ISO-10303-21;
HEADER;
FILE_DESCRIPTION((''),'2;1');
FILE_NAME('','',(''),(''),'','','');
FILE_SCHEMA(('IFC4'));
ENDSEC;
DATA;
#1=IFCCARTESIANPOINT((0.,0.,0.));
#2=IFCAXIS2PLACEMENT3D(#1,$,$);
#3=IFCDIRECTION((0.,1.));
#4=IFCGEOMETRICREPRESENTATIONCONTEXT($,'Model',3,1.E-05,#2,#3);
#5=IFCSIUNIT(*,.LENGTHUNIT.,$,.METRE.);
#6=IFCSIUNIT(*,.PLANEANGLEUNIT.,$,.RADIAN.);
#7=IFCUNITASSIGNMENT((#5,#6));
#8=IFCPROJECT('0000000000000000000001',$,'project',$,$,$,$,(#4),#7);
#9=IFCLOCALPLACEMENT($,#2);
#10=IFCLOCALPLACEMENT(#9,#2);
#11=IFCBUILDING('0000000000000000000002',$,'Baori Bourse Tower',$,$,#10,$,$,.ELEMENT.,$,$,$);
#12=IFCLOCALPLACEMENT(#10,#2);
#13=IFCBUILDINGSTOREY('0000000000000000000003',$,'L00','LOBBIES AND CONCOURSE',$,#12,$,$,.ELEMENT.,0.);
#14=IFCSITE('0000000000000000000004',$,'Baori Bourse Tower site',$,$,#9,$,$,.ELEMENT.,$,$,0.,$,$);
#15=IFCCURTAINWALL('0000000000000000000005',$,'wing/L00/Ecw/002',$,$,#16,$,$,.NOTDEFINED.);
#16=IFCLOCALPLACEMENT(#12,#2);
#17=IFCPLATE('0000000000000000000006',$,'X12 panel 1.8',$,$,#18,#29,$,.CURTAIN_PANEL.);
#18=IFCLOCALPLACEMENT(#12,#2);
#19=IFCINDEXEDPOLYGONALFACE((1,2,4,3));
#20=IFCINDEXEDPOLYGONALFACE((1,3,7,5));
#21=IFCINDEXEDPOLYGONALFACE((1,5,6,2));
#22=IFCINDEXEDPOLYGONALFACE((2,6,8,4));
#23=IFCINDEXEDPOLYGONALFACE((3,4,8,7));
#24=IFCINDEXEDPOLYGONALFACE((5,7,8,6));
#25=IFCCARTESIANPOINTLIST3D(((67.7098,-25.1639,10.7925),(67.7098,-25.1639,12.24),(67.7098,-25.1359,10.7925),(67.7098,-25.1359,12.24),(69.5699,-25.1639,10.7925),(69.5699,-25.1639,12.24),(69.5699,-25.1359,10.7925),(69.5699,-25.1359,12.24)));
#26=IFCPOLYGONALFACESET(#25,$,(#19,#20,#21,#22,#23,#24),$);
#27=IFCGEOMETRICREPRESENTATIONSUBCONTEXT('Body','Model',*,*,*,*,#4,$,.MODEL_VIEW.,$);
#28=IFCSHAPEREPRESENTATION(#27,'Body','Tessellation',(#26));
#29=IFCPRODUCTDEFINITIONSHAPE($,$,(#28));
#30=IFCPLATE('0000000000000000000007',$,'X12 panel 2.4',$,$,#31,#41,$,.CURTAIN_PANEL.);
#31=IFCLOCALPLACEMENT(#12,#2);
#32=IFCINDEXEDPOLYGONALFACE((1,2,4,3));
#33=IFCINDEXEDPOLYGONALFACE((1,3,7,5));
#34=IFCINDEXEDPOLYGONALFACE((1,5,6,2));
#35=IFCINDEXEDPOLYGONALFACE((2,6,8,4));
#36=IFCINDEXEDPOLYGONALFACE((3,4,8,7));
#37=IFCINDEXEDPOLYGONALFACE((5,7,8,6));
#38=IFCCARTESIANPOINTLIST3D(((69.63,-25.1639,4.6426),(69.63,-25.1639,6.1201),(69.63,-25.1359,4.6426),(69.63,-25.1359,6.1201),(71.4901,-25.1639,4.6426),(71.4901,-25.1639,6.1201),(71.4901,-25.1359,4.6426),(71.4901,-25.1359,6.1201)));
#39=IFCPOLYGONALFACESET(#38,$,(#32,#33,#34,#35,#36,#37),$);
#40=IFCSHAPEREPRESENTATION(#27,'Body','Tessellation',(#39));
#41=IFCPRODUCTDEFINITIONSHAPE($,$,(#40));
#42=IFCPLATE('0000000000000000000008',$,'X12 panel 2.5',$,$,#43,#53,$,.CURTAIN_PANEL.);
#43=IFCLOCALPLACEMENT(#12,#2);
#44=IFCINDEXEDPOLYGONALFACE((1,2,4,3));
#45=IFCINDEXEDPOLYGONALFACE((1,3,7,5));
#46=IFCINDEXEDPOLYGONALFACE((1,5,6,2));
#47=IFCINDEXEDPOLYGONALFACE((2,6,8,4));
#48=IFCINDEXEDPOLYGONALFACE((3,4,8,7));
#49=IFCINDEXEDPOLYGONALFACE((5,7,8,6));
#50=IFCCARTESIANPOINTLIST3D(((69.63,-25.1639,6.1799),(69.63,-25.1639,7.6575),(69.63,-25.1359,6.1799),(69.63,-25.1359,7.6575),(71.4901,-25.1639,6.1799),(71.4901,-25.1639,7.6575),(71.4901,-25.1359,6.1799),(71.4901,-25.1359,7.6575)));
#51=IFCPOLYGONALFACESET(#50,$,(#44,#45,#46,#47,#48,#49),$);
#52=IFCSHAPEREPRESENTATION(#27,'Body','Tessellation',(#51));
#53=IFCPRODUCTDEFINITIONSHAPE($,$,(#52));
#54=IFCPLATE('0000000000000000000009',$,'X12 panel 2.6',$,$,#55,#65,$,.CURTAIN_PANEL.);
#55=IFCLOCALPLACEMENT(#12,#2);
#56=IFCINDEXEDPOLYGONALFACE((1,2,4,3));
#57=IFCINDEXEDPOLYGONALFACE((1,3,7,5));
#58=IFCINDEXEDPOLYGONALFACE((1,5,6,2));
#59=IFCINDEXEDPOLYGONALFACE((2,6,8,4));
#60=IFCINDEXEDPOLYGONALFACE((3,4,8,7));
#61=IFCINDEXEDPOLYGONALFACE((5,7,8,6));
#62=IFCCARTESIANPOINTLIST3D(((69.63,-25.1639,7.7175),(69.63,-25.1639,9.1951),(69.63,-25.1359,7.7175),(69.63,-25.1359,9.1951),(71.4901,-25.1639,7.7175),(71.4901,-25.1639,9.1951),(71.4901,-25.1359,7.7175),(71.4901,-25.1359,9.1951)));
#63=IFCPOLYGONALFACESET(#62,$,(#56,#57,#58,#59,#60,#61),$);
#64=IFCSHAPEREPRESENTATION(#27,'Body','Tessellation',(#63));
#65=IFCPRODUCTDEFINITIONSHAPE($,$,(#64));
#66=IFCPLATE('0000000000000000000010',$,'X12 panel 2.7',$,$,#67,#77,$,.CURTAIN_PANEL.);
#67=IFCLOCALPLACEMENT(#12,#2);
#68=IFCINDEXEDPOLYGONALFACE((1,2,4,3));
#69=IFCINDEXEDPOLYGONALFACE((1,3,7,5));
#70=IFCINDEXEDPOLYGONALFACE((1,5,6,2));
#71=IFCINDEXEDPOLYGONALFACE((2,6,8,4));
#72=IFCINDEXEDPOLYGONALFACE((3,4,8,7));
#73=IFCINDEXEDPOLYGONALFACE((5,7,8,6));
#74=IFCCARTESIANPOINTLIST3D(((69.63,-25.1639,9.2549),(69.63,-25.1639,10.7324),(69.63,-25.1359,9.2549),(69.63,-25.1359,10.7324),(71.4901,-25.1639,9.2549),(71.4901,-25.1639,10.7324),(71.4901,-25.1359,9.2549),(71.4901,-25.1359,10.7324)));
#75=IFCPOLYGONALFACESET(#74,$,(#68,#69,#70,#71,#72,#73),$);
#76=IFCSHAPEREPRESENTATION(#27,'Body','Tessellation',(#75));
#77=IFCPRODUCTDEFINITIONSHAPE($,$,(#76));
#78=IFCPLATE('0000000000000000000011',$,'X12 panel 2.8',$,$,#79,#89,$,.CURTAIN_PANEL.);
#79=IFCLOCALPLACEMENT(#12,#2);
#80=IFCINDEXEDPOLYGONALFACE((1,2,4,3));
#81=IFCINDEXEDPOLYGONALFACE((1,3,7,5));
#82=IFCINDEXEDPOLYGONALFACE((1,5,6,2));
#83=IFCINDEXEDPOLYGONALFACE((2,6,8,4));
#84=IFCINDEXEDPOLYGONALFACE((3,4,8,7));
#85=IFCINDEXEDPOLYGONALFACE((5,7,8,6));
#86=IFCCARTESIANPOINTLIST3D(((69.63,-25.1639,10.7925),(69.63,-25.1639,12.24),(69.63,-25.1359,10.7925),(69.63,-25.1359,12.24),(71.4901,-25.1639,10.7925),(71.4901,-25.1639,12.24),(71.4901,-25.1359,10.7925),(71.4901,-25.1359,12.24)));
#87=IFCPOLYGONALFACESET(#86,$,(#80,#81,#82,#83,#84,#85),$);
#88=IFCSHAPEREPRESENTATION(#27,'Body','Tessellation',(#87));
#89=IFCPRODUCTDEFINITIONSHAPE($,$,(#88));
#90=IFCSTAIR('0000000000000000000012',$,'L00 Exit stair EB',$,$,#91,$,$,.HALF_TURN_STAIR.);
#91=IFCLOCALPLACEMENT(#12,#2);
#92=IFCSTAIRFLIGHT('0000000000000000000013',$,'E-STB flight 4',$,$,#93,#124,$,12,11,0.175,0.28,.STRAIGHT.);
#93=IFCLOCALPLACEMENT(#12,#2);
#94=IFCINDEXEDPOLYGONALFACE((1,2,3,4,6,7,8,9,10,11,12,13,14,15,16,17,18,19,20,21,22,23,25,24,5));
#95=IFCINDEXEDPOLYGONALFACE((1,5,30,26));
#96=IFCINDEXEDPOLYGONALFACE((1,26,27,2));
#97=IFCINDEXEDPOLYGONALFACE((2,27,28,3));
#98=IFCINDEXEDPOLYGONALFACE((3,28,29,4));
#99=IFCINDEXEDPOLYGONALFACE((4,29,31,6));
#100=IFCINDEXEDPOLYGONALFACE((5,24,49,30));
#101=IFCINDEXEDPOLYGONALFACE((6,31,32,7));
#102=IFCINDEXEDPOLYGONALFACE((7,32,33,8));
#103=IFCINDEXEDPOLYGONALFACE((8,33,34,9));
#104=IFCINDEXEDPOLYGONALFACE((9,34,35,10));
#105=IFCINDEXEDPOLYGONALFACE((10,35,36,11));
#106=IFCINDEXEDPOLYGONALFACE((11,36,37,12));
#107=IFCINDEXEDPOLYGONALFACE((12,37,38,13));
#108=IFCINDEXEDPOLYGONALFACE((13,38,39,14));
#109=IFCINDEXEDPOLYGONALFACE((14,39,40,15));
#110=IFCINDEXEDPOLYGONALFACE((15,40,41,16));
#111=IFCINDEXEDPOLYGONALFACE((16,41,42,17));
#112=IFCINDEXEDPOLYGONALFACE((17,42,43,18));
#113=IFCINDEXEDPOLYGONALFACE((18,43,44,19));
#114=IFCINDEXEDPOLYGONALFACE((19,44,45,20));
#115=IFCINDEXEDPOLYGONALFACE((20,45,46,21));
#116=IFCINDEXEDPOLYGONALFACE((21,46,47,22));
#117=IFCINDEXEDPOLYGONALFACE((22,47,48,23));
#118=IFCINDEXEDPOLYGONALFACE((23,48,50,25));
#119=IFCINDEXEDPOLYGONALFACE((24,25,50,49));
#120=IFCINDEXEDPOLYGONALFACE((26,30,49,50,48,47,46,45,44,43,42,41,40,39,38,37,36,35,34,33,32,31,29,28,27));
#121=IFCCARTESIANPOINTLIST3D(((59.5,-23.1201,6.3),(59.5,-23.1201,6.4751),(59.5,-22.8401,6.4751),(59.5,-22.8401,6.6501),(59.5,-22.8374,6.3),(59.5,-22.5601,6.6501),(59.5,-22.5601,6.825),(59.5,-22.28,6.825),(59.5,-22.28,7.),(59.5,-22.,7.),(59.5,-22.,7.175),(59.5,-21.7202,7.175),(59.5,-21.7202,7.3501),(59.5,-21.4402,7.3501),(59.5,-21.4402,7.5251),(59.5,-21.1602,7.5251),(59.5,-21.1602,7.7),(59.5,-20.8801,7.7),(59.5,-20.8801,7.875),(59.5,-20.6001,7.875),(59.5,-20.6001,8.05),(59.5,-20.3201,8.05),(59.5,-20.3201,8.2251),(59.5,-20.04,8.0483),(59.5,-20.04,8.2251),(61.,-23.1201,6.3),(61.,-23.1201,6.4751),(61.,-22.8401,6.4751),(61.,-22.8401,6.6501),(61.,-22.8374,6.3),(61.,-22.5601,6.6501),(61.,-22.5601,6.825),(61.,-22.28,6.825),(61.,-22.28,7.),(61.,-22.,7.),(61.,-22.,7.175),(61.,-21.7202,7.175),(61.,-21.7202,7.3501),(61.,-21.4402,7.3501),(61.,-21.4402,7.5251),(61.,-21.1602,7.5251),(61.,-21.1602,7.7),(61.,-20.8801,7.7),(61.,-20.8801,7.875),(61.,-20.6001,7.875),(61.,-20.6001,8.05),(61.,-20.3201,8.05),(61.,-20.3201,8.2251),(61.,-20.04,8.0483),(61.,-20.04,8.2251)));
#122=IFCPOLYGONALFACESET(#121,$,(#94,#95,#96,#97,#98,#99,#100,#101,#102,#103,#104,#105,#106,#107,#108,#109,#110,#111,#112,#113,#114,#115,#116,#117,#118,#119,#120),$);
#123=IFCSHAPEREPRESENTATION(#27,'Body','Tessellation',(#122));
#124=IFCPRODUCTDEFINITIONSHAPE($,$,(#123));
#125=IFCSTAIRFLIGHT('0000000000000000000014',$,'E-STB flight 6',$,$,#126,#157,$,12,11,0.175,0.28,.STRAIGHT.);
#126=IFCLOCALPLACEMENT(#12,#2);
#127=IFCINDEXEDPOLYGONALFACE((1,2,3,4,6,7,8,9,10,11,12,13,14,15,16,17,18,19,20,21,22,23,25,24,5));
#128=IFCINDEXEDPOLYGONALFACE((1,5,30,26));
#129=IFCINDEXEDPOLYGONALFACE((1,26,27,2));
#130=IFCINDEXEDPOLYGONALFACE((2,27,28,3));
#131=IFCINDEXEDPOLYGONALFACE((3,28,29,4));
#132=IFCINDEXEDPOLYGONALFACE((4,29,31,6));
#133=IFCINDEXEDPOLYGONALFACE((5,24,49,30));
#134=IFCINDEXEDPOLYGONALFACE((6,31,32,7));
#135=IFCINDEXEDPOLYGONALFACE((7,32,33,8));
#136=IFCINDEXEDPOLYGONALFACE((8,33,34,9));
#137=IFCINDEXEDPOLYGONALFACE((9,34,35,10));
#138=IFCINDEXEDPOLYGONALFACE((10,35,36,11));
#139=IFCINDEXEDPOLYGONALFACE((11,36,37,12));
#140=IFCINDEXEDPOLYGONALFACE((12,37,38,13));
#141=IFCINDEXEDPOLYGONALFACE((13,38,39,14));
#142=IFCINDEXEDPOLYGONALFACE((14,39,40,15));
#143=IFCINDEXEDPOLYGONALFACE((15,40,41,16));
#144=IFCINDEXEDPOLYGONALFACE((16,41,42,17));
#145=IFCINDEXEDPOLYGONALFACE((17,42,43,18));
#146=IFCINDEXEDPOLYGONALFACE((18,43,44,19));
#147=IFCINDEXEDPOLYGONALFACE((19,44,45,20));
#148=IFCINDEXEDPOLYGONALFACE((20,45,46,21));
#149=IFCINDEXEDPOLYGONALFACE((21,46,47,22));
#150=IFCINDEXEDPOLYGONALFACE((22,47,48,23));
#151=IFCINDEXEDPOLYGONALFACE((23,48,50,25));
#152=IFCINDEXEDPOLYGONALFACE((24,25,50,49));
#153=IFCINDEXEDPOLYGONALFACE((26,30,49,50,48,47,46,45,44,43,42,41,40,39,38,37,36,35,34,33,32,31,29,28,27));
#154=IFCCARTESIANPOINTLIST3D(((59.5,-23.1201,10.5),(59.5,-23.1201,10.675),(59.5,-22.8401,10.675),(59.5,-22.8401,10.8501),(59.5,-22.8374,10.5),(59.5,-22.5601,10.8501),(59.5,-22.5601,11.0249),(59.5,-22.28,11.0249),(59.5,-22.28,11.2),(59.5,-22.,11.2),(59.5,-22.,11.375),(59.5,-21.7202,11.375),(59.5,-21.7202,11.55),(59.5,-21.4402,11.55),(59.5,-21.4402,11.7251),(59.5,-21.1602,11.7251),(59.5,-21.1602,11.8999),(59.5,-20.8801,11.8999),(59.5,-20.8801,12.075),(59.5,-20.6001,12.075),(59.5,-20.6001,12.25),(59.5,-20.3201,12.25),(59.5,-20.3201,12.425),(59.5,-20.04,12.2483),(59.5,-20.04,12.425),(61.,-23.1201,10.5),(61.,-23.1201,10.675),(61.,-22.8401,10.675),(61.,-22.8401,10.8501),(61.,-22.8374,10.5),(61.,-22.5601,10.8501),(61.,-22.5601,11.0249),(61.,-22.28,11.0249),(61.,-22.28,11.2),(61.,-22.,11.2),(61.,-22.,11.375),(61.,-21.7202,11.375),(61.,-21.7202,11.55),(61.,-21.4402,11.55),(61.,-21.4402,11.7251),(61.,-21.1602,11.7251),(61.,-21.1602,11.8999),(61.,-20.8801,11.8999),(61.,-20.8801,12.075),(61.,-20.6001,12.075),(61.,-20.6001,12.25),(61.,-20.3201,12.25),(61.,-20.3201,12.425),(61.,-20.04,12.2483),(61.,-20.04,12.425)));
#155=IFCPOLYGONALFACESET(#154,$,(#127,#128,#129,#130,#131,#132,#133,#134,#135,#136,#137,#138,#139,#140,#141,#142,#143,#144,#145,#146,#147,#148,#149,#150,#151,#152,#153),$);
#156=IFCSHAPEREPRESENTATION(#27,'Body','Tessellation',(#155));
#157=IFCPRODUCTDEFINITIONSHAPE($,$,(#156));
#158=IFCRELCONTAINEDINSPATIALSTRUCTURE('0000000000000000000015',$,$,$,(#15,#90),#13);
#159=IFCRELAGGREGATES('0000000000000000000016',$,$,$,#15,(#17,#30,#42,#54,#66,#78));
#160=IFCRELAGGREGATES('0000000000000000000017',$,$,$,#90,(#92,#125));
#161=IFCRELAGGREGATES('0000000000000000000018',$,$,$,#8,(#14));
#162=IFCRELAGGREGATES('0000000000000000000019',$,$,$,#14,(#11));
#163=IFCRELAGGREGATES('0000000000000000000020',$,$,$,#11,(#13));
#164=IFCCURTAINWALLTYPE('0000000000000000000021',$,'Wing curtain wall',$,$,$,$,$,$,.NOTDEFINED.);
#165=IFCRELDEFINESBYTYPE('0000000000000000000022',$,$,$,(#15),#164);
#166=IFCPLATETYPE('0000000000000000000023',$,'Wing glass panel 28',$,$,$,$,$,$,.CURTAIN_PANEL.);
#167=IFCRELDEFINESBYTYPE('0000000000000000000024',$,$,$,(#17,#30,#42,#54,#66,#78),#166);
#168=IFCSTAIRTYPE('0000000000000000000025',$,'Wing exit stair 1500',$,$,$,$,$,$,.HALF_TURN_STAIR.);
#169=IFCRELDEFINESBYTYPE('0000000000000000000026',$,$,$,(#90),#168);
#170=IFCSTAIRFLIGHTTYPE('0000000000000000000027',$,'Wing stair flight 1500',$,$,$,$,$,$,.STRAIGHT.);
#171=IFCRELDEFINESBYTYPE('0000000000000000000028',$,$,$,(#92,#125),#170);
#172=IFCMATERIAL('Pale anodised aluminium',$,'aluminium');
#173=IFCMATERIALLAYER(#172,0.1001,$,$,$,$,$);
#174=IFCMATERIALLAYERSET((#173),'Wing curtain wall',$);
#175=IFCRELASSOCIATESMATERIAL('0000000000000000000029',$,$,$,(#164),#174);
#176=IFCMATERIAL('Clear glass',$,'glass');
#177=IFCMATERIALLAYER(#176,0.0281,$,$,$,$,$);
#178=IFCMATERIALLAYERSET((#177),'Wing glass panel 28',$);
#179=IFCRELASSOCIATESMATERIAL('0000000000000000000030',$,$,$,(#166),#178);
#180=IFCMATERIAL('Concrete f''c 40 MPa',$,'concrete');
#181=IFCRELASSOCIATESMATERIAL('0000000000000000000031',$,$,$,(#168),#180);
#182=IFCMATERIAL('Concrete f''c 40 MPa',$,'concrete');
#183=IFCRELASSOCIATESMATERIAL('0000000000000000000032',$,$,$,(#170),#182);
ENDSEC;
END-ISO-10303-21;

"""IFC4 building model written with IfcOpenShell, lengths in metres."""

from ifc_helpers import new_model, si_unit, direction, frame, origin, origin_2d, place, context, subcontext, project, spatial, polyline, rectangle, outline, extrude, material, layer, layer_set, type_object, element, aggregate, save


model = new_model("IFC4")

# Units and contexts
model_context = context("Model", 3, precision=1e-05, world=origin(), true_north=direction((0.0, 1.0)))
body_context = subcontext(model_context, "Body", "Model", "MODEL_VIEW")
ifc_project = project(units=[si_unit("LENGTHUNIT", "METRE"), si_unit("PLANEANGLEUNIT", "RADIAN")], contexts=[model_context])

# Site, building, storey
site_placement = place(None, origin())
site = spatial("IfcSite", under=ifc_project, at=site_placement, Name="Baori Bourse Tower site", CompositionType="ELEMENT", RefElevation=0.0)
building_placement = place(site_placement, origin())
building = spatial("IfcBuilding", under=site, at=building_placement, Name="Baori Bourse Tower", CompositionType="ELEMENT")
storey_placement = place(building_placement, origin())
storey = spatial("IfcBuildingStorey", under=building, at=storey_placement, Name="L00", Description="LOBBIES AND CONCOURSE", CompositionType="ELEMENT", Elevation=0.0)

# Curtain wall
ifc_material_1 = material(Name="Pale anodised aluminium", Category="aluminium")
ifc_layer_1 = layer(ifc_material_1, 0.1001)
ifc_layer_set_1 = layer_set([ifc_layer_1], Name="Wing curtain wall")
curtain_wall_type = type_object("IfcCurtainWallType", Name="Wing curtain wall", PredefinedType="NOTDEFINED", material=ifc_layer_set_1)
curtain_wall_1_placement = place(storey_placement, origin())
curtain_wall_1 = element("IfcCurtainWall", 1, at=curtain_wall_1_placement, inside=storey, type_object=curtain_wall_type, Name="wing/L00/Ecw/002", PredefinedType="NOTDEFINED")

# Plates
ifc_material_2 = material(Name="Clear glass", Category="glass")
ifc_layer_2 = layer(ifc_material_2, 0.0281)
ifc_layer_set_2 = layer_set([ifc_layer_2], Name="Wing glass panel 28")
plate_type = type_object("IfcPlateType", Name="Wing glass panel 28", PredefinedType="CURTAIN_PANEL", material=ifc_layer_set_2)
plate_1_placement = place(storey_placement, frame((68.6399, -25.1499, 10.7925), z_axis=(0.0, 0.0, 1.0), x_axis=(1.0, 0.0, 0.0)))
plate_1 = element("IfcPlate", 2, at=plate_1_placement, type_object=plate_type, Name="X12 panel 1.8", PredefinedType="CURTAIN_PANEL", context=body_context, shape_type="SweptSolid", body=[
    extrude(rectangle(XDim=1.8601, YDim=0.0281, at=origin_2d()), origin(), (0.0, 0.0, 1.0), 1.4475),
])
plate_2_placement = place(storey_placement, frame((70.5601, -25.1499, 4.6426), z_axis=(0.0, 0.0, 1.0), x_axis=(1.0, 0.0, 0.0)))
plate_2 = element("IfcPlate", 3, at=plate_2_placement, type_object=plate_type, Name="X12 panel 2.4", PredefinedType="CURTAIN_PANEL", context=body_context, shape_type="SweptSolid", body=[
    extrude(rectangle(XDim=1.8601, YDim=0.0281, at=origin_2d()), origin(), (0.0, 0.0, 1.0), 1.4775),
])
plate_3_placement = place(storey_placement, frame((70.5601, -25.1499, 6.1799), z_axis=(0.0, 0.0, 1.0), x_axis=(1.0, 0.0, 0.0)))
plate_3 = element("IfcPlate", 4, at=plate_3_placement, type_object=plate_type, Name="X12 panel 2.5", PredefinedType="CURTAIN_PANEL", context=body_context, shape_type="SweptSolid", body=[
    extrude(rectangle(XDim=1.8601, YDim=0.0281, at=origin_2d()), origin(), (0.0, 0.0, 1.0), 1.4775),
])
plate_4_placement = place(storey_placement, frame((70.5601, -25.1499, 7.7175), z_axis=(0.0, 0.0, 1.0), x_axis=(1.0, 0.0, 0.0)))
plate_4 = element("IfcPlate", 5, at=plate_4_placement, type_object=plate_type, Name="X12 panel 2.6", PredefinedType="CURTAIN_PANEL", context=body_context, shape_type="SweptSolid", body=[
    extrude(rectangle(XDim=1.8601, YDim=0.0281, at=origin_2d()), origin(), (0.0, 0.0, 1.0), 1.4775),
])
plate_5_placement = place(storey_placement, frame((70.5601, -25.1499, 9.2549), z_axis=(0.0, 0.0, 1.0), x_axis=(1.0, 0.0, 0.0)))
plate_5 = element("IfcPlate", 6, at=plate_5_placement, type_object=plate_type, Name="X12 panel 2.7", PredefinedType="CURTAIN_PANEL", context=body_context, shape_type="SweptSolid", body=[
    extrude(rectangle(XDim=1.8601, YDim=0.0281, at=origin_2d()), origin(), (0.0, 0.0, 1.0), 1.4775),
])
plate_6_placement = place(storey_placement, frame((70.5601, -25.1499, 10.7925), z_axis=(0.0, 0.0, 1.0), x_axis=(1.0, 0.0, 0.0)))
plate_6 = element("IfcPlate", 7, at=plate_6_placement, type_object=plate_type, Name="X12 panel 2.8", PredefinedType="CURTAIN_PANEL", context=body_context, shape_type="SweptSolid", body=[
    extrude(rectangle(XDim=1.8601, YDim=0.0281, at=origin_2d()), origin(), (0.0, 0.0, 1.0), 1.4475),
])
aggregate(curtain_wall_1, [plate_1, plate_2, plate_3, plate_4, plate_5, plate_6])

# Stair, stair flights
ifc_material_3 = material(Name="Concrete f'c 40 MPa", Category="concrete")
stair_type = type_object("IfcStairType", Name="Wing exit stair 1500", PredefinedType="HALF_TURN_STAIR", material=ifc_material_3)
stair_placement = place(storey_placement, origin())
stair = element("IfcStair", 8, at=stair_placement, inside=storey, type_object=stair_type, Name="L00 Exit stair EB", PredefinedType="HALF_TURN_STAIR")
ifc_material_4 = material(Name="Concrete f'c 40 MPa", Category="concrete")
stair_flight_type = type_object("IfcStairFlightType", Name="Wing stair flight 1500", PredefinedType="STRAIGHT", material=ifc_material_4)
stair_flight_1_placement = place(storey_placement, frame((60.25, -23.1201, 6.3), z_axis=(0.0, 0.0, 1.0), x_axis=(0.0, 1.0, 0.0)))
stair_flight_1 = element("IfcStairFlight", 9, at=stair_flight_1_placement, type_object=stair_flight_type, Name="E-STB flight 4", NumberOfRisers=12, NumberOfTreads=11, PredefinedType="STRAIGHT", RiserHeight=0.175, TreadLength=0.28, context=body_context, shape_type="SweptSolid", body=[
    extrude(outline(polyline([(0.0, 0.0), (0.0, 0.175), (0.28, 0.175), (0.28, 0.3501), (0.5601, 0.3501), (0.5601, 0.5249), (0.8401, 0.5249), (0.8401, 0.7), (1.1201, 0.7), (1.1201, 0.875), (1.3999, 0.875), (1.3999, 1.05), (1.6799, 1.05), (1.6799, 1.2251), (1.96, 1.2251), (1.96, 1.3999), (2.24, 1.3999), (2.24, 1.575), (2.52, 1.575), (2.52, 1.75), (2.8, 1.75), (2.8, 1.925), (3.0801, 1.925), (3.0801, 2.1001), (3.0801, 1.7483), (0.2827, 0.0), (0.0, 0.0)])), frame((0.0, 0.75, 0.0), z_axis=(0.0, -1.0, 0.0), x_axis=(1.0, 0.0, 0.0)), (0.0, 0.0, 1.0), 1.5),
])
stair_flight_2_placement = place(storey_placement, frame((60.25, -23.1201, 10.5), z_axis=(0.0, 0.0, 1.0), x_axis=(0.0, 1.0, 0.0)))
stair_flight_2 = element("IfcStairFlight", 10, at=stair_flight_2_placement, type_object=stair_flight_type, Name="E-STB flight 6", NumberOfRisers=12, NumberOfTreads=11, PredefinedType="STRAIGHT", RiserHeight=0.175, TreadLength=0.28, context=body_context, shape_type="SweptSolid", body=[
    extrude(outline(polyline([(0.0, 0.0), (0.0, 0.175), (0.28, 0.175), (0.28, 0.3501), (0.5601, 0.3501), (0.5601, 0.5249), (0.8401, 0.5249), (0.8401, 0.7), (1.1201, 0.7), (1.1201, 0.875), (1.3999, 0.875), (1.3999, 1.05), (1.6799, 1.05), (1.6799, 1.2251), (1.96, 1.2251), (1.96, 1.3999), (2.24, 1.3999), (2.24, 1.575), (2.52, 1.575), (2.52, 1.75), (2.8, 1.75), (2.8, 1.925), (3.0801, 1.925), (3.0801, 2.1001), (3.0801, 1.7483), (0.2827, 0.0), (0.0, 0.0)])), frame((0.0, 0.75, 0.0), z_axis=(0.0, -1.0, 0.0), x_axis=(1.0, 0.0, 0.0)), (0.0, 0.0, 1.0), 1.5),
])
aggregate(stair, [stair_flight_1, stair_flight_2])

save(model, "model.ifc")
